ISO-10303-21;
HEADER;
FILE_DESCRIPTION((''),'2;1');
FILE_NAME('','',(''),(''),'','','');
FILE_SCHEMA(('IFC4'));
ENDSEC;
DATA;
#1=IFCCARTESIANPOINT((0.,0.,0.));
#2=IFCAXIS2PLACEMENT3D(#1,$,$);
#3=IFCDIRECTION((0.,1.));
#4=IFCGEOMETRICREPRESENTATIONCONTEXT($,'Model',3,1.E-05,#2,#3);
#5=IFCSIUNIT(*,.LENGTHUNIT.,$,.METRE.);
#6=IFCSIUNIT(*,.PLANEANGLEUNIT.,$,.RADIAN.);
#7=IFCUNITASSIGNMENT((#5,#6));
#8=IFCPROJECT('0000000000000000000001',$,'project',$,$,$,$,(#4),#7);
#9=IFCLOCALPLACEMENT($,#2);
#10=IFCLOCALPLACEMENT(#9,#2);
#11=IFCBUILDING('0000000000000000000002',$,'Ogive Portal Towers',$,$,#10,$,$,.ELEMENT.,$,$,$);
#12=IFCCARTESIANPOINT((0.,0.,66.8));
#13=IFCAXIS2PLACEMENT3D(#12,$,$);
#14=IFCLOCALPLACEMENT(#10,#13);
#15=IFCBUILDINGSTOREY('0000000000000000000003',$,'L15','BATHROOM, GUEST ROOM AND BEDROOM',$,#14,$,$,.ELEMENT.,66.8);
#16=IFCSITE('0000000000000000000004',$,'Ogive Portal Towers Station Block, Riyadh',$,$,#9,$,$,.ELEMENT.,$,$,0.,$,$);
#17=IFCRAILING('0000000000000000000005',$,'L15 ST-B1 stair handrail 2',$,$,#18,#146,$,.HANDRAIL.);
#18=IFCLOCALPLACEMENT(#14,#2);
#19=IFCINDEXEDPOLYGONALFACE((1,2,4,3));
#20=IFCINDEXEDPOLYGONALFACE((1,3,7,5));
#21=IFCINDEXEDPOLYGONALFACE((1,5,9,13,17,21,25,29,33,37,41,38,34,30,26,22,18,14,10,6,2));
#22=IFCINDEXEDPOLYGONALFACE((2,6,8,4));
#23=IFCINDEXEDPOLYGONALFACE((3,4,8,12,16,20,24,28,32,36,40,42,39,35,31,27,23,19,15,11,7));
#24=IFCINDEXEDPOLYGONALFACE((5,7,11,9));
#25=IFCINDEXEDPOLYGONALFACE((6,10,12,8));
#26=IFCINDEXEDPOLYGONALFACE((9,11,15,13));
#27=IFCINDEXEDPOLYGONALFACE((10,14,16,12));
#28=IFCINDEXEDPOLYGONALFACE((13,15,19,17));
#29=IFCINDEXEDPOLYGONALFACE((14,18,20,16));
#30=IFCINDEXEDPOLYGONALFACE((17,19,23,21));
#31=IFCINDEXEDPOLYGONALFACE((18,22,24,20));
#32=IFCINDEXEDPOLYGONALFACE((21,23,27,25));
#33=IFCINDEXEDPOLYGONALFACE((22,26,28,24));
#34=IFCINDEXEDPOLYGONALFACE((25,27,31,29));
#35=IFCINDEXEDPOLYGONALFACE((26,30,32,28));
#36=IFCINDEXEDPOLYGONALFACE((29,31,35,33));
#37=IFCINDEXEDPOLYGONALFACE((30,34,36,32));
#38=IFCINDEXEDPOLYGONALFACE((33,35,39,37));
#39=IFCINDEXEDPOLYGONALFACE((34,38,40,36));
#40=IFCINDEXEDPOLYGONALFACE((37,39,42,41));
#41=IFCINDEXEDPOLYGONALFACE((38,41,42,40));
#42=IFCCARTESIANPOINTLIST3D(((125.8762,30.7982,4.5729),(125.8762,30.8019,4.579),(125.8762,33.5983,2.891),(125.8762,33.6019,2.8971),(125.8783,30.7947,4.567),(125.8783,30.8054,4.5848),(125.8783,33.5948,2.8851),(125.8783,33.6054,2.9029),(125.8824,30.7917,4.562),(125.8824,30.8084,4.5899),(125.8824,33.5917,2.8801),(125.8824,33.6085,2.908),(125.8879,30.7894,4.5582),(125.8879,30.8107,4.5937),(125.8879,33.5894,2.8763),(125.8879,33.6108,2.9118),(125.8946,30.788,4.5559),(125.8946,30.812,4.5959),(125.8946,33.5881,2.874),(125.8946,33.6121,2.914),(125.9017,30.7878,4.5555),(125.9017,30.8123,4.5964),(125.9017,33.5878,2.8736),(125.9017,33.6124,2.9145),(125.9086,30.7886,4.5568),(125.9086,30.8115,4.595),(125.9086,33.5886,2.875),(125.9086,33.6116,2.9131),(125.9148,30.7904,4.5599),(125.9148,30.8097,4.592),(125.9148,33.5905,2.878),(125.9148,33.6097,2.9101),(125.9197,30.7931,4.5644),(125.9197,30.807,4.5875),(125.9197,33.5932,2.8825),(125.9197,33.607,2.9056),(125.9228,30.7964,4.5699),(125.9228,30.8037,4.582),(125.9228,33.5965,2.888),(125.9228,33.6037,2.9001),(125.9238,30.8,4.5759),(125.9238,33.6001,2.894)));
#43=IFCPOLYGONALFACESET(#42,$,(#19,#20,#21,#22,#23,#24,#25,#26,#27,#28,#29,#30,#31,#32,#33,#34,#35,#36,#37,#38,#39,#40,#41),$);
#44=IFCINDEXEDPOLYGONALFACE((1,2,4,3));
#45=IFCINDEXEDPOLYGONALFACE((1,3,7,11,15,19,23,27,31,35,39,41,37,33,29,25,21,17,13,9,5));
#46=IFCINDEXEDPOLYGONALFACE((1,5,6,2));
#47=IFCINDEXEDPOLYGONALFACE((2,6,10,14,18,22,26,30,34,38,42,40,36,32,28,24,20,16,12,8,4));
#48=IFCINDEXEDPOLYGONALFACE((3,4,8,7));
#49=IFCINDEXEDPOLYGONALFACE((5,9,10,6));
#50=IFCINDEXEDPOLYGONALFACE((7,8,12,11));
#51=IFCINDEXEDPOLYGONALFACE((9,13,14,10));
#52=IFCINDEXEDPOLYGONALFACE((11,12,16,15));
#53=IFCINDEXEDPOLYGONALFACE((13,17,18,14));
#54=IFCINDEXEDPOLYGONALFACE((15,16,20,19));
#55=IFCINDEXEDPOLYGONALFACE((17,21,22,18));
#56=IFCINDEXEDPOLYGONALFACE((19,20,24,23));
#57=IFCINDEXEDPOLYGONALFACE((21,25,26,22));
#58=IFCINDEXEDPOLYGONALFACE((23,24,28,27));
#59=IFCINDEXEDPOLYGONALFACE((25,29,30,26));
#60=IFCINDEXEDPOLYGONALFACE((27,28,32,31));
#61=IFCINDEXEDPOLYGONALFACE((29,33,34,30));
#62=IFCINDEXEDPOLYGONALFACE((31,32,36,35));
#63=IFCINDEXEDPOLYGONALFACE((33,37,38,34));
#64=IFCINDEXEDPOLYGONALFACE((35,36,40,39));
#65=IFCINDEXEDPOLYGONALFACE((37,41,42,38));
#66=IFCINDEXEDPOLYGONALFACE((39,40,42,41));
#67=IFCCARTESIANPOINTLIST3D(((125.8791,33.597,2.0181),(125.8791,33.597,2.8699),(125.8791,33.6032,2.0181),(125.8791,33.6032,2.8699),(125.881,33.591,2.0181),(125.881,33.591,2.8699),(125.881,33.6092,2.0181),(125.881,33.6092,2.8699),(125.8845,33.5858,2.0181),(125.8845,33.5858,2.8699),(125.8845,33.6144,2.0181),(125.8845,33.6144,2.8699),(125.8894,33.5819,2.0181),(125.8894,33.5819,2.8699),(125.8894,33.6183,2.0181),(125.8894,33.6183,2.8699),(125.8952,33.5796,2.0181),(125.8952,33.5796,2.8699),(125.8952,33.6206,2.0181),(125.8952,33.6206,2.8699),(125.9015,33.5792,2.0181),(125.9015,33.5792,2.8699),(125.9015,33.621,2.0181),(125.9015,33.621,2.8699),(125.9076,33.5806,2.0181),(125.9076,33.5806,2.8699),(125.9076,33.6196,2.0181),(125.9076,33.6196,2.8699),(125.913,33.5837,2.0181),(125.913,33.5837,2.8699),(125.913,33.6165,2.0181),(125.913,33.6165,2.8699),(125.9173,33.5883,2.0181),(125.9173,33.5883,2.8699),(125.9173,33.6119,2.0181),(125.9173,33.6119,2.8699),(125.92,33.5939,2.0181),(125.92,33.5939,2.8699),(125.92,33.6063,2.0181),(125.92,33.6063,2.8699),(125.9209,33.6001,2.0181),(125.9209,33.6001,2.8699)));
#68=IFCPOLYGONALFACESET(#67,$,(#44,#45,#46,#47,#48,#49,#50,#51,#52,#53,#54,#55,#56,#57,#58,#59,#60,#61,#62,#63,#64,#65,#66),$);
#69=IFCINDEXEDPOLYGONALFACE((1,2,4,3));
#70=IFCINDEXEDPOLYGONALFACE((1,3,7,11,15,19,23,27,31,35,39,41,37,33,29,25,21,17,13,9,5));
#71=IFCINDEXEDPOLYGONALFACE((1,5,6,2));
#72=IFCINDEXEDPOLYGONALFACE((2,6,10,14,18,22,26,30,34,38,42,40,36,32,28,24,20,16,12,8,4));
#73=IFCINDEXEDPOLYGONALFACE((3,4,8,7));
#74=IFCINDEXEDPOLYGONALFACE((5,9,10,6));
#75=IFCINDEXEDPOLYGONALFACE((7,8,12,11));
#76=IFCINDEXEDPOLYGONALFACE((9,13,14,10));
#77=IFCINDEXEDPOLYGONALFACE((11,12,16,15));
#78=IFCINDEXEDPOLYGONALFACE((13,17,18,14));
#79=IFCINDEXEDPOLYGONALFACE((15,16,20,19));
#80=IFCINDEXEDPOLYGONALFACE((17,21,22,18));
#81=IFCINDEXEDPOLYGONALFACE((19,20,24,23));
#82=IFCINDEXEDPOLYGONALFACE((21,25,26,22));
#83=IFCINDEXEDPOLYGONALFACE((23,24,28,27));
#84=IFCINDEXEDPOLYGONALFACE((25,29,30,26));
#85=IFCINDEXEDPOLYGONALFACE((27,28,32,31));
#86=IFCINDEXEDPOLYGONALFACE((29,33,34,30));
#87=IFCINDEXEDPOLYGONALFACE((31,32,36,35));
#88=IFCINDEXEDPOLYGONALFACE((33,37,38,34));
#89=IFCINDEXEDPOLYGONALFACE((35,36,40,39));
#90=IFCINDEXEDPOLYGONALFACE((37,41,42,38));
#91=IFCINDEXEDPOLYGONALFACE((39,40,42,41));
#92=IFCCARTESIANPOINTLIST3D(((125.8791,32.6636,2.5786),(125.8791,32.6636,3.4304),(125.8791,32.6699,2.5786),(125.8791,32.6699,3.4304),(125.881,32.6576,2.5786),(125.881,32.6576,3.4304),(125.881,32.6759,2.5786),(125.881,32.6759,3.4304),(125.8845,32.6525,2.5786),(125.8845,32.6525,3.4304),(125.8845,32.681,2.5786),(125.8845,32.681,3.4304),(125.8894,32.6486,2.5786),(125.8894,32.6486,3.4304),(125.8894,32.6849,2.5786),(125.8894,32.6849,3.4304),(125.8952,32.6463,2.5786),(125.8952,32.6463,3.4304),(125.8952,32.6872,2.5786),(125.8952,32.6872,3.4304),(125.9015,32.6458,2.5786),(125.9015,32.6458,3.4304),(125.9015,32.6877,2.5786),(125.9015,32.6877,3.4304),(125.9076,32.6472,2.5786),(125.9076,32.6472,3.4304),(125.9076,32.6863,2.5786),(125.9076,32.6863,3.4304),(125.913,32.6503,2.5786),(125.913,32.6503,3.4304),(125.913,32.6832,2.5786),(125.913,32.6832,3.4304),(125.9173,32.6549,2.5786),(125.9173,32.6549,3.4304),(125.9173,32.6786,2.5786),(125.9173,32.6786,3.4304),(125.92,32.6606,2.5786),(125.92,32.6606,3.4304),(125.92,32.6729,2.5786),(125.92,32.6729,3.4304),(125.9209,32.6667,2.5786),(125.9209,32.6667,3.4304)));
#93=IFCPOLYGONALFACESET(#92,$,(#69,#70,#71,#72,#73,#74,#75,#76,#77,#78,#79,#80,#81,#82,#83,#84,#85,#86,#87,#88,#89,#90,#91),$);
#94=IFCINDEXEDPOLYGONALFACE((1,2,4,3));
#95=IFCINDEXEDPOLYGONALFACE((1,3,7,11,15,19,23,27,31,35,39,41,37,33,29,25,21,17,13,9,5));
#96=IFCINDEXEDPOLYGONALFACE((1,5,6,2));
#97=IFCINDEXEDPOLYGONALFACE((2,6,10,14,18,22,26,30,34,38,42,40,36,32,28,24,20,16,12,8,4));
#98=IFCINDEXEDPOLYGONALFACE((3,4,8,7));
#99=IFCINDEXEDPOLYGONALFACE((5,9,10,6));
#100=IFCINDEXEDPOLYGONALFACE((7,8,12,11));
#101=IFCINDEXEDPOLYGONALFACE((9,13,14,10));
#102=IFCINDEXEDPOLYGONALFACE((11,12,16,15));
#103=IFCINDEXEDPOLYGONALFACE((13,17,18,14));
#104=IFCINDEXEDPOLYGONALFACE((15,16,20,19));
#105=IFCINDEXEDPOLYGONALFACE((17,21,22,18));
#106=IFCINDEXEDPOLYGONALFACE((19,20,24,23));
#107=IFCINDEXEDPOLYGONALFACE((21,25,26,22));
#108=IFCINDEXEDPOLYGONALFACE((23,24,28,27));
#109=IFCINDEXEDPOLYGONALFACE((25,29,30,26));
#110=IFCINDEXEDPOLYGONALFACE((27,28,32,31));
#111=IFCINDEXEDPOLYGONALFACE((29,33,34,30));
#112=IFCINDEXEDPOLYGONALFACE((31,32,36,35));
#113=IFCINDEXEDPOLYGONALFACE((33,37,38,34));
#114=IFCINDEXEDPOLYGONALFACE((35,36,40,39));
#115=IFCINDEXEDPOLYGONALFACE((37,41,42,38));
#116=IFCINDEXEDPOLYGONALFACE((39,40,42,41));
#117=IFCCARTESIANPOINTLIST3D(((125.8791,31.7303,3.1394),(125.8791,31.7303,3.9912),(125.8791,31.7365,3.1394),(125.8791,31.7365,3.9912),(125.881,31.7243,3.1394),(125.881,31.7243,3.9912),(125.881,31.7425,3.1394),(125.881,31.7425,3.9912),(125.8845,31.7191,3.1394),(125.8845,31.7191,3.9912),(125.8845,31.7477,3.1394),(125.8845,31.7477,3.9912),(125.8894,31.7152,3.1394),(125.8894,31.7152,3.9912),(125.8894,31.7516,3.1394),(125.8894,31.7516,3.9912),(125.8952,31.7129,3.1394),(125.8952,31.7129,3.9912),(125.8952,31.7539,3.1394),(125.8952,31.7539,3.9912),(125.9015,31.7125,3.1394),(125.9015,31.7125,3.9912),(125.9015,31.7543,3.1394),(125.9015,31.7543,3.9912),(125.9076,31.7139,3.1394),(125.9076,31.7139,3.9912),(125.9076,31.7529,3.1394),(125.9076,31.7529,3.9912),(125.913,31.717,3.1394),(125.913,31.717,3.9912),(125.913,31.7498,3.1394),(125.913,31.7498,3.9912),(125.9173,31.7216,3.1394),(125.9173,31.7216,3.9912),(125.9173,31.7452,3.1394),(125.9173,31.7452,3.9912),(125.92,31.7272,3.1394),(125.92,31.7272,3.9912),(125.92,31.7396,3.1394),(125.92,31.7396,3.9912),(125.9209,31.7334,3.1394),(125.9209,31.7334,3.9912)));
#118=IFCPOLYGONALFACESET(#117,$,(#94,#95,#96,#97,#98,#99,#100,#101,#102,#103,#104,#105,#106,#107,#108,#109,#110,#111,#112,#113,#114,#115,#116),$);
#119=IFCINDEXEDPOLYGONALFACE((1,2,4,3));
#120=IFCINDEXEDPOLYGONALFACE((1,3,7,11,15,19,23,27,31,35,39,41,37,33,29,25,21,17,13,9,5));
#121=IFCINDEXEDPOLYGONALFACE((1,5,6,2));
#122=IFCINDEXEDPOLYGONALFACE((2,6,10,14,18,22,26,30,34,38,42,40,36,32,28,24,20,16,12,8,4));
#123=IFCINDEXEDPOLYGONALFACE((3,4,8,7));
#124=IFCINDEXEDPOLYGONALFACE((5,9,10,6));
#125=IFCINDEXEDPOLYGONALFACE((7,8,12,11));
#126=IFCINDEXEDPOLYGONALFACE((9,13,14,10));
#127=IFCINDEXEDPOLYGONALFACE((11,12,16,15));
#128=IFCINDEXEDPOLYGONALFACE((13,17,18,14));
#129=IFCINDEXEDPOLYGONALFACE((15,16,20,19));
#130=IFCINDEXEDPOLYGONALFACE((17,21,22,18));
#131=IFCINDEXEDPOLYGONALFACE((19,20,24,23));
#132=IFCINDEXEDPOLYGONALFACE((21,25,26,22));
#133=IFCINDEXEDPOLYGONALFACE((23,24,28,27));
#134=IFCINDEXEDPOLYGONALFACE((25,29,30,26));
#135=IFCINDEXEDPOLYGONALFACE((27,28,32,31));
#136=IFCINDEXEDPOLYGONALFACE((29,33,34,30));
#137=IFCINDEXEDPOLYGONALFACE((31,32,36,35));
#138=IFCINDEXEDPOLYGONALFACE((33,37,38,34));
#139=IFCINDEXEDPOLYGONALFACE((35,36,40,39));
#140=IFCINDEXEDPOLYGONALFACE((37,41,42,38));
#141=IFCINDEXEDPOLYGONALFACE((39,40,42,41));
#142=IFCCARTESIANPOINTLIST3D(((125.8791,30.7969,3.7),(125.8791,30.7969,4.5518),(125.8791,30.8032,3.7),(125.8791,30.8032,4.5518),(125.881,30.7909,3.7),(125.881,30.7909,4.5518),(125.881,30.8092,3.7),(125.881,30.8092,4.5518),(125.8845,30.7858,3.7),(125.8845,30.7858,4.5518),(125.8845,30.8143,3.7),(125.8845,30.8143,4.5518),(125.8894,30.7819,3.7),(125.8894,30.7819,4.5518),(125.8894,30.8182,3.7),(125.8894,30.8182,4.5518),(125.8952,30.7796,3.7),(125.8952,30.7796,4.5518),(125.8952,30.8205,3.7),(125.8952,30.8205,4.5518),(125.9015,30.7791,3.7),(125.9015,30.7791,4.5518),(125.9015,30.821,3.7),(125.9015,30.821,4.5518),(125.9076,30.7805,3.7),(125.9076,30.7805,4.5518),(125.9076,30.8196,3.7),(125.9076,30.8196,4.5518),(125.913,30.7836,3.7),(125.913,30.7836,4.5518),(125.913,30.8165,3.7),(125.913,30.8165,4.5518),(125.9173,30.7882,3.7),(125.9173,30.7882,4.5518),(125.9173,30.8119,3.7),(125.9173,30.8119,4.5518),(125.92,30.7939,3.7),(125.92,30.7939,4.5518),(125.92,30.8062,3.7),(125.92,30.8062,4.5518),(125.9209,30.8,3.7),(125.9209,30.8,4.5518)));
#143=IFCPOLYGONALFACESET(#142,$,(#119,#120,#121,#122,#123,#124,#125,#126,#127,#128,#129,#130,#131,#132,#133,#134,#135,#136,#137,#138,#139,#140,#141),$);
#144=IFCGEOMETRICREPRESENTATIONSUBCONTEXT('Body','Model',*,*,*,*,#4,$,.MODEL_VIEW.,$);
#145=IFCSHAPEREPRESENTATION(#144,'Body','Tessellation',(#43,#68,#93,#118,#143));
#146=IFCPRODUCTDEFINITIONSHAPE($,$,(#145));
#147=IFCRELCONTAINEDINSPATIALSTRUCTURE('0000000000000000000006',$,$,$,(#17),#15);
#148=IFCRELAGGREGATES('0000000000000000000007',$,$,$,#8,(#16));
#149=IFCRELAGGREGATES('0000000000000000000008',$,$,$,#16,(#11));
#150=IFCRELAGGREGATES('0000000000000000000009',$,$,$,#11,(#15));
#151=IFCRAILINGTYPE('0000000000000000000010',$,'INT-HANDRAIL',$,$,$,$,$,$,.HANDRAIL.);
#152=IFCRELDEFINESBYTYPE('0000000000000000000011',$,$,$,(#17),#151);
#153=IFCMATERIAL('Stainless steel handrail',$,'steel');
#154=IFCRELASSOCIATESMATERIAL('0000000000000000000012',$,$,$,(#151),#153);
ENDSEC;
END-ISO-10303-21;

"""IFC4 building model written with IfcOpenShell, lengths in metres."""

from ifc_helpers import new_model, si_unit, direction, frame, origin, origin_2d, place, context, subcontext, project, spatial, circle, extrude, material, type_object, element, save


model = new_model("IFC4")

# Units and contexts
model_context = context("Model", 3, precision=1e-05, world=origin(), true_north=direction((0.0, 1.0)))
body_context = subcontext(model_context, "Body", "Model", "MODEL_VIEW")
ifc_project = project(units=[si_unit("LENGTHUNIT", "METRE"), si_unit("PLANEANGLEUNIT", "RADIAN")], contexts=[model_context])

# Site, building, storey
site_placement = place(None, origin())
site = spatial("IfcSite", under=ifc_project, at=site_placement, Name="Ogive Portal Towers Station Block, Riyadh", CompositionType="ELEMENT", RefElevation=0.0)
building_placement = place(site_placement, origin())
building = spatial("IfcBuilding", under=site, at=building_placement, Name="Ogive Portal Towers", CompositionType="ELEMENT")
storey_placement = place(building_placement, frame((0.0, 0.0, 66.8)))
storey = spatial("IfcBuildingStorey", under=building, at=storey_placement, Name="L15", Description="BATHROOM, GUEST ROOM AND BEDROOM", CompositionType="ELEMENT", Elevation=66.8)

# Railing
ifc_material_1 = material(Name="Stainless steel handrail", Category="steel")
railing_type_1 = type_object("IfcRailingType", Name="INT-HANDRAIL", PredefinedType="HANDRAIL", material=ifc_material_1)
railing_1_placement = place(storey_placement, frame((125.8999, 33.6001, 2.0181)))
element("IfcRailing", 1, at=railing_1_placement, inside=storey, type_object=railing_type_1, Name="L15 ST-B1 stair handrail 2", PredefinedType="HANDRAIL", context=body_context, shape_type="SweptSolid", body=[
    extrude(circle(Radius=0.0239, at=origin_2d()), frame((0.0, 0.0, 0.876), z_axis=(0.0, -0.857242, 0.514913), x_axis=(1.0, 0.0, 0.0)), (0.0, 0.0, 1.0), 3.2664),
    extrude(circle(Radius=0.021, at=origin_2d()), origin(), (0.0, 0.0, 1.0), 0.8518),
    extrude(circle(Radius=0.021, at=origin_2d()), frame((0.0, -0.9333, 0.5605)), (0.0, 0.0, 1.0), 0.8518),
    extrude(circle(Radius=0.021, at=origin_2d()), frame((0.0, -1.8667, 1.1213)), (0.0, 0.0, 1.0), 0.8518),
    extrude(circle(Radius=0.021, at=origin_2d()), frame((0.0, -2.8, 1.6819)), (0.0, 0.0, 1.0), 0.8518),
])

save(model, "model.ifc")
